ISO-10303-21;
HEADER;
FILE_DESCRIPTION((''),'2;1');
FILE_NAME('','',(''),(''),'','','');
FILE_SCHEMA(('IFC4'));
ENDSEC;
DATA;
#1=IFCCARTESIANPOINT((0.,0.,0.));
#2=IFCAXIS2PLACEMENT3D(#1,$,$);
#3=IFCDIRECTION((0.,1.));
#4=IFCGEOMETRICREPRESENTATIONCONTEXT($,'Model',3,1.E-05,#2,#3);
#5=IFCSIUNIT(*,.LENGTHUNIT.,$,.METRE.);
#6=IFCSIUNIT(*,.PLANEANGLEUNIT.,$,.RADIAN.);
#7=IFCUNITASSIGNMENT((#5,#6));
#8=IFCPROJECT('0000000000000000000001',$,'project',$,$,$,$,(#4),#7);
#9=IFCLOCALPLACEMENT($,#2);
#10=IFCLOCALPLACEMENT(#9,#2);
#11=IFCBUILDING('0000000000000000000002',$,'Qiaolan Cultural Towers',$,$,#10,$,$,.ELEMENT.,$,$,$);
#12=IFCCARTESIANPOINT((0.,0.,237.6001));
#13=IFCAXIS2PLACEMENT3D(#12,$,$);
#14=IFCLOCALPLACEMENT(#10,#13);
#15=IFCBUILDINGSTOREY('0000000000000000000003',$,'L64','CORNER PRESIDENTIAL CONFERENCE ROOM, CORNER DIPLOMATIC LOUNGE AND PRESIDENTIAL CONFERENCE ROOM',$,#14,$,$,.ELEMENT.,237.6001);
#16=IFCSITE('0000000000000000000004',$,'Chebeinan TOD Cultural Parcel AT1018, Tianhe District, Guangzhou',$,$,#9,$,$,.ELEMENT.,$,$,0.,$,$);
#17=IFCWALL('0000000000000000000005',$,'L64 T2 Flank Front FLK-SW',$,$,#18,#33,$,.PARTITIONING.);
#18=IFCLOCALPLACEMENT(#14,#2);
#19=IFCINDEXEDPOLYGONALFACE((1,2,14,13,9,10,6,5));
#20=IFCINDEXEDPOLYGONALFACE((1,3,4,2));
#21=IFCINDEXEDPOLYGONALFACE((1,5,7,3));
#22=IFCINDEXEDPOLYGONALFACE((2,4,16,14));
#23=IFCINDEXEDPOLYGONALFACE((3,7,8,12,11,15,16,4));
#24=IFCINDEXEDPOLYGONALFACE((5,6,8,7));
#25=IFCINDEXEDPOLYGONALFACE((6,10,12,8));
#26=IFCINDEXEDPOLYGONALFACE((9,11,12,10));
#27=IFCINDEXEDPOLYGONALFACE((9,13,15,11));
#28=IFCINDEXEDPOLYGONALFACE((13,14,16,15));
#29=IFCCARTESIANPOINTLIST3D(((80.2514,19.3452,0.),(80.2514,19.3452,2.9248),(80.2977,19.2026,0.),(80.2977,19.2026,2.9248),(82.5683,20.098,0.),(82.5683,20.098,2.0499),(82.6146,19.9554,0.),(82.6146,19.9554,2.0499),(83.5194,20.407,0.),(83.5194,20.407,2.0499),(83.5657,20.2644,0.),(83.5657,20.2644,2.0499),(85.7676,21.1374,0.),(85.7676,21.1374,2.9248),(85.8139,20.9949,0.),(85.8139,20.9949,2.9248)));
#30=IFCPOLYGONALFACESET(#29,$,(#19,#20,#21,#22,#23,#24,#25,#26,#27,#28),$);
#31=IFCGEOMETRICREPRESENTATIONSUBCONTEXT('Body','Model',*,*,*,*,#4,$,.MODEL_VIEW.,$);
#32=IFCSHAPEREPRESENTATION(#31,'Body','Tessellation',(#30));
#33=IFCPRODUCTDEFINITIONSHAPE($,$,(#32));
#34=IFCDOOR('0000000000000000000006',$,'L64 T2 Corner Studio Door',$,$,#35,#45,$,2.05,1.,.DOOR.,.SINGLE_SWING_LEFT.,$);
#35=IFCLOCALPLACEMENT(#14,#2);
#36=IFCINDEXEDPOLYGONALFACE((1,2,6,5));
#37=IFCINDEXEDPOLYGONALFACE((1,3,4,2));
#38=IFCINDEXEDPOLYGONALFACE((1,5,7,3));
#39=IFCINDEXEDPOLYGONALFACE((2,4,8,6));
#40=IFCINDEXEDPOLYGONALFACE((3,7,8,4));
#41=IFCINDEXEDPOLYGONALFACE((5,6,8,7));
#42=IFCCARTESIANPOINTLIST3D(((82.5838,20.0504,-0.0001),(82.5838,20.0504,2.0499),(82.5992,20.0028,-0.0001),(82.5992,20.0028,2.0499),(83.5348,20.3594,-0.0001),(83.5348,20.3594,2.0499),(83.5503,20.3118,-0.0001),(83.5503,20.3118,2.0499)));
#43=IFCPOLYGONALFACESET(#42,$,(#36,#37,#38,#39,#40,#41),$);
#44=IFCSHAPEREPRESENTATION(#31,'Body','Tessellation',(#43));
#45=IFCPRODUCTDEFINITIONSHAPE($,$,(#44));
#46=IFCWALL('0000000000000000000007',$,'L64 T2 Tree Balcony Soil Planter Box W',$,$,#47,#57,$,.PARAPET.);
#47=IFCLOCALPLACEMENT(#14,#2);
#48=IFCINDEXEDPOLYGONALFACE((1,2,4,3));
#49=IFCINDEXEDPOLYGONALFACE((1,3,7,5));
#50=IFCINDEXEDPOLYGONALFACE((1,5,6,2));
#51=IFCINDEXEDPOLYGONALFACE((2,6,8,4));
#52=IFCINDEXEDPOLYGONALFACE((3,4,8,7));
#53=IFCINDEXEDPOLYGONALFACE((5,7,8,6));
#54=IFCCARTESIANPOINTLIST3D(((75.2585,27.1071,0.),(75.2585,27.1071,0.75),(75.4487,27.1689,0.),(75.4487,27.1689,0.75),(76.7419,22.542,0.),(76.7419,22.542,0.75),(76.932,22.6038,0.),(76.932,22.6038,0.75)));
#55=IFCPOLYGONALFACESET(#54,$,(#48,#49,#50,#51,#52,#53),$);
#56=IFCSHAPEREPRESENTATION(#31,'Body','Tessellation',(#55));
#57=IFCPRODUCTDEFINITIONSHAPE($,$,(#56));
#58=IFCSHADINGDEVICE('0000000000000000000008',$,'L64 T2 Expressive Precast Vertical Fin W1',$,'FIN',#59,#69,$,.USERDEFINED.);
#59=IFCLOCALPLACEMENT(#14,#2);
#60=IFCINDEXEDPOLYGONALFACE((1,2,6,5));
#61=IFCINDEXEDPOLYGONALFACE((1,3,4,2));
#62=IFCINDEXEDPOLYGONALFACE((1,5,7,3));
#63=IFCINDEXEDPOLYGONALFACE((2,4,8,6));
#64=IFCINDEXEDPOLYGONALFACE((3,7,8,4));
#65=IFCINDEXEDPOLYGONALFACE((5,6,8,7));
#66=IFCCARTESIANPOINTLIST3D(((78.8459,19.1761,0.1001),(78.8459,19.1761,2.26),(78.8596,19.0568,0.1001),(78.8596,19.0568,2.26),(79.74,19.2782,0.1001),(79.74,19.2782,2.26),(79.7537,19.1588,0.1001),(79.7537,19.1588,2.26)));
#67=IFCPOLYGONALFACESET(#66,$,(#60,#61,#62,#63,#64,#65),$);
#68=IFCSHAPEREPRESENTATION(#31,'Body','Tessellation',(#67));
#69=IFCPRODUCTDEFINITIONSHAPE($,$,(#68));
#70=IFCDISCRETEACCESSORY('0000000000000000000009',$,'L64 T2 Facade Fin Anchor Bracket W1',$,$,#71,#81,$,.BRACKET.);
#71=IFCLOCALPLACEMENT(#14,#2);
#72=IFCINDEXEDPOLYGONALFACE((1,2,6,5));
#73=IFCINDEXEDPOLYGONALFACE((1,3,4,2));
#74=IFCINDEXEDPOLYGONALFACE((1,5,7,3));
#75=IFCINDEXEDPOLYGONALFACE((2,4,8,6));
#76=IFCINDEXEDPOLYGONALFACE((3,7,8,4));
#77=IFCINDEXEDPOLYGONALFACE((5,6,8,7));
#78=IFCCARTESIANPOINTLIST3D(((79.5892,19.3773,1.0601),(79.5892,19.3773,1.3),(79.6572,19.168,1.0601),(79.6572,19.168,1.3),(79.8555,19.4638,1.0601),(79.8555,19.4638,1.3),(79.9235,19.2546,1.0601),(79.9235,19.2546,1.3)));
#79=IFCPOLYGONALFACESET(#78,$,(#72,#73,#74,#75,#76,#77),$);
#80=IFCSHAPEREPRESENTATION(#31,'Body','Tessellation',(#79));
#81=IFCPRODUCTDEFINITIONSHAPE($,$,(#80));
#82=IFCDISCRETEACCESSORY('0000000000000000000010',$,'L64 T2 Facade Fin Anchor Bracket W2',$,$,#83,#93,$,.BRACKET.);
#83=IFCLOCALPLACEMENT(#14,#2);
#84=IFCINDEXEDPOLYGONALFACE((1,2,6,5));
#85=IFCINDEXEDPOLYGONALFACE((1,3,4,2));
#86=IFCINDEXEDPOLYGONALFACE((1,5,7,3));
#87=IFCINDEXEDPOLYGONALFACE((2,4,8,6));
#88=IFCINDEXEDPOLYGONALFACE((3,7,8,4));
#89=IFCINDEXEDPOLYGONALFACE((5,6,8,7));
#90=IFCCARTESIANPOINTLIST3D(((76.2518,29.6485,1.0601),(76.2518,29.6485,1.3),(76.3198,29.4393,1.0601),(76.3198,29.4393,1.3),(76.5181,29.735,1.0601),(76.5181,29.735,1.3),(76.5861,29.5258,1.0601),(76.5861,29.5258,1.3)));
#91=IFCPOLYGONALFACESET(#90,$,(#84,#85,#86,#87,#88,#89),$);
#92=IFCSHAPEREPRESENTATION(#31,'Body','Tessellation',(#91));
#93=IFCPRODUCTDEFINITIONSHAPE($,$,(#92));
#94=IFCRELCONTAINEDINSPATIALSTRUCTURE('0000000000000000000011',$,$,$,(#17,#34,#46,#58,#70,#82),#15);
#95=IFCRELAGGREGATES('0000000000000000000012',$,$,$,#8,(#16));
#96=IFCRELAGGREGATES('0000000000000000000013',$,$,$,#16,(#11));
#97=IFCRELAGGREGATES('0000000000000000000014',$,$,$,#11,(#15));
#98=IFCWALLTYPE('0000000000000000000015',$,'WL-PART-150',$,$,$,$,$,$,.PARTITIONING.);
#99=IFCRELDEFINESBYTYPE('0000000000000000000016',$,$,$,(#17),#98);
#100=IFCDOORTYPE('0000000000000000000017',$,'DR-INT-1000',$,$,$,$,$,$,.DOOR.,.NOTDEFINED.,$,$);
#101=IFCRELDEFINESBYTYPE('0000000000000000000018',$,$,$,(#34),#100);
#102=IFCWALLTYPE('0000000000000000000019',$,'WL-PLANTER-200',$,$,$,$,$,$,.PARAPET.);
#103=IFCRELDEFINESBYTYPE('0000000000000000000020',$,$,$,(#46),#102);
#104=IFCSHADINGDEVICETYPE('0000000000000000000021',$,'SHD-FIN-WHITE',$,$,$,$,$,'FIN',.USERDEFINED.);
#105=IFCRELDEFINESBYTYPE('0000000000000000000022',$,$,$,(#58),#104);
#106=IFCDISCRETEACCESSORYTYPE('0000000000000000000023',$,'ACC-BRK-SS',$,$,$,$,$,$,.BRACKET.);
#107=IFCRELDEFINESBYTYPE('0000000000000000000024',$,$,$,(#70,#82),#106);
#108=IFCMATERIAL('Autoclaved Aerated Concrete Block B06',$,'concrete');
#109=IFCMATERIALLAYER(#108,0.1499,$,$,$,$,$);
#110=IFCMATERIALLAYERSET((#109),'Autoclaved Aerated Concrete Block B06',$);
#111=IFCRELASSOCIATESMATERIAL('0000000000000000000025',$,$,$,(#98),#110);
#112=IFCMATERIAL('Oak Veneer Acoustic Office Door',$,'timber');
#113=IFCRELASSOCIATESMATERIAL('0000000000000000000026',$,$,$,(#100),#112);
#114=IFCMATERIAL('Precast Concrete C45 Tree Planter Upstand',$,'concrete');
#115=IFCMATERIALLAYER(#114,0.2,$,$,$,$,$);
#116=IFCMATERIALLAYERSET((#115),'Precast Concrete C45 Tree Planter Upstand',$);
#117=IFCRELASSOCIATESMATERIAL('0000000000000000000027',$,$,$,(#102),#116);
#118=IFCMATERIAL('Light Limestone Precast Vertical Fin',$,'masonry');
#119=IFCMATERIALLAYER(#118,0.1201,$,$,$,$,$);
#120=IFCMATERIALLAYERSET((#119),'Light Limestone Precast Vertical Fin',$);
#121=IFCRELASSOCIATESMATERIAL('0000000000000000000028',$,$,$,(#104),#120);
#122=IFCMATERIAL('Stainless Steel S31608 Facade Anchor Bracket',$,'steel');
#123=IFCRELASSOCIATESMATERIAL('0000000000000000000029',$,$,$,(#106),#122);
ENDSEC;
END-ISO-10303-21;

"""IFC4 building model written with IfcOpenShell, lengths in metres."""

from ifc_helpers import new_model, si_unit, direction, frame, frame_2d, origin, origin_2d, place, context, subcontext, project, spatial, rectangle, extrude, material, layer, layer_set, type_object, element, fill, save


model = new_model("IFC4")

# Units and contexts
model_context = context("Model", 3, precision=1e-05, world=origin(), true_north=direction((0.0, 1.0)))
body_context = subcontext(model_context, "Body", "Model", "MODEL_VIEW")
ifc_project = project(units=[si_unit("LENGTHUNIT", "METRE"), si_unit("PLANEANGLEUNIT", "RADIAN")], contexts=[model_context])

# Site, building, storey
site_placement = place(None, origin())
site = spatial("IfcSite", under=ifc_project, at=site_placement, Name="Chebeinan TOD Cultural Parcel AT1018, Tianhe District, Guangzhou", CompositionType="ELEMENT", RefElevation=0.0)
building_placement = place(site_placement, origin())
building = spatial("IfcBuilding", under=site, at=building_placement, Name="Qiaolan Cultural Towers", CompositionType="ELEMENT")
storey_placement = place(building_placement, frame((0.0, 0.0, 237.6001)))
storey = spatial("IfcBuildingStorey", under=building, at=storey_placement, Name="L64", Description="CORNER PRESIDENTIAL CONFERENCE ROOM, CORNER DIPLOMATIC LOUNGE AND PRESIDENTIAL CONFERENCE ROOM", CompositionType="ELEMENT", Elevation=237.6001)

# Shared definitions
ifc_material_1 = material(Name="Autoclaved Aerated Concrete Block B06", Category="concrete")
ifc_layer_1 = layer(ifc_material_1, 0.1499)
ifc_layer_set_1 = layer_set([ifc_layer_1], Name="Autoclaved Aerated Concrete Block B06")
wall_type_1 = type_object("IfcWallType", Name="WL-PART-150", PredefinedType="PARTITIONING", material=ifc_layer_set_1)

# Wall, opening, door
wall_1_placement = place(storey_placement, frame((80.2747, 19.2739, 0.0), z_axis=(0.0, 0.0, 1.0), x_axis=(0.951059, 0.309008, 0.0)))
wall_1 = element("IfcWall", 1, at=wall_1_placement, inside=storey, type_object=wall_type_1, Name="L64 T2 Flank Front FLK-SW", PredefinedType="PARTITIONING", context=body_context, shape_type="SweptSolid", body=[
    extrude(rectangle(XDim=5.8, YDim=0.1499, at=frame_2d((2.8999, 0.0))), origin(), (0.0, 0.0, 1.0), 2.9248),
])
opening_1_placement = place(wall_1_placement, frame((2.436, 0.0, 0.0)))
opening_1 = element("IfcOpeningElement", 2, at=opening_1_placement, cuts=wall_1, PredefinedType="OPENING", context=body_context, shape_type="SweptSolid", body=[
    extrude(rectangle(XDim=1.0, YDim=2.05, at=frame_2d((0.5, 1.0249))), frame((0.0, 0.085, 0.0), z_axis=(0.0, -1.0, 0.0), x_axis=(1.0, 0.0, 0.0)), (0.0, 0.0, 1.0), 0.1699),
])
ifc_material_2 = material(Name="Oak Veneer Acoustic Office Door", Category="timber")
door_type_1 = type_object("IfcDoorType", Name="DR-INT-1000", OperationType="NOTDEFINED", PredefinedType="DOOR", material=ifc_material_2)
door_1_placement = place(opening_1_placement, origin())
door_1 = element("IfcDoor", 3, at=door_1_placement, inside=storey, type_object=door_type_1, Name="L64 T2 Corner Studio Door", OperationType="SINGLE_SWING_LEFT", OverallHeight=2.05, OverallWidth=1.0, PredefinedType="DOOR", context=body_context, shape_type="SweptSolid", body=[
    extrude(rectangle(XDim=1.0, YDim=2.05, at=frame_2d((0.5, 1.0249))), frame((0.0, 0.0249, 0.0), z_axis=(0.0, -1.0, 0.0), x_axis=(1.0, 0.0, 0.0)), (0.0, 0.0, 1.0), 0.05),
])
fill(opening_1, door_1)

# Wall
ifc_material_3 = material(Name="Precast Concrete C45 Tree Planter Upstand", Category="concrete")
ifc_layer_2 = layer(ifc_material_3, 0.2)
ifc_layer_set_2 = layer_set([ifc_layer_2], Name="Precast Concrete C45 Tree Planter Upstand")
wall_type_2 = type_object("IfcWallType", Name="WL-PLANTER-200", PredefinedType="PARAPET", material=ifc_layer_set_2)
wall_2_placement = place(storey_placement, frame((76.8369, 22.573, 0.0), z_axis=(0.0, 0.0, 1.0), x_axis=(-0.309032, 0.951052, 0.0)))
element("IfcWall", 4, at=wall_2_placement, inside=storey, type_object=wall_type_2, Name="L64 T2 Tree Balcony Soil Planter Box W", PredefinedType="PARAPET", context=body_context, shape_type="SweptSolid", body=[
    extrude(rectangle(XDim=4.8, YDim=0.2, at=frame_2d((2.3999, 0.0))), origin(), (0.0, 0.0, 1.0), 0.75),
])

# Shading device
ifc_material_4 = material(Name="Light Limestone Precast Vertical Fin", Category="masonry")
ifc_layer_3 = layer(ifc_material_4, 0.1201)
ifc_layer_set_3 = layer_set([ifc_layer_3], Name="Light Limestone Precast Vertical Fin")
shading_device_type = type_object("IfcShadingDeviceType", Name="SHD-FIN-WHITE", ElementType="FIN", PredefinedType="USERDEFINED", material=ifc_layer_set_3)
shading_device_placement = place(storey_placement, frame((79.2998, 19.1675, 0.1001), z_axis=(0.0, 0.0, 1.0), x_axis=(0.993553, 0.113365, 0.0)))
element("IfcShadingDevice", 5, at=shading_device_placement, inside=storey, type_object=shading_device_type, Name="L64 T2 Expressive Precast Vertical Fin W1", ObjectType="FIN", PredefinedType="USERDEFINED", context=body_context, shape_type="SweptSolid", body=[
    extrude(rectangle(XDim=0.8999, YDim=0.1201, at=origin_2d()), origin(), (0.0, 0.0, 1.0), 2.1599),
])

# Discrete accessories
ifc_material_5 = material(Name="Stainless Steel S31608 Facade Anchor Bracket", Category="steel")
discrete_accessory_type = type_object("IfcDiscreteAccessoryType", Name="ACC-BRK-SS", PredefinedType="BRACKET", material=ifc_material_5)
for number, where, z_axis, x_axis, name in (
    (6, (79.7563, 19.3159, 1.0601), (0.0, 0.0, 1.0), (0.951057, 0.309017, 0.0), "L64 T2 Facade Fin Anchor Bracket W1"),
    (7, (76.4189, 29.5872, 1.0601), (0.0, 0.0, 1.0), (0.951057, 0.309017, 0.0), "L64 T2 Facade Fin Anchor Bracket W2"),
):
    element("IfcDiscreteAccessory", number, at=place(storey_placement, frame(where, z_axis=z_axis, x_axis=x_axis)), inside=storey, type_object=discrete_accessory_type, Name=name, PredefinedType="BRACKET", context=body_context, shape_type="SweptSolid", body=[
        extrude(rectangle(XDim=0.28, YDim=0.22, at=origin_2d()), origin(), (0.0, 0.0, 1.0), 0.24),
    ])

save(model, "model.ifc")
